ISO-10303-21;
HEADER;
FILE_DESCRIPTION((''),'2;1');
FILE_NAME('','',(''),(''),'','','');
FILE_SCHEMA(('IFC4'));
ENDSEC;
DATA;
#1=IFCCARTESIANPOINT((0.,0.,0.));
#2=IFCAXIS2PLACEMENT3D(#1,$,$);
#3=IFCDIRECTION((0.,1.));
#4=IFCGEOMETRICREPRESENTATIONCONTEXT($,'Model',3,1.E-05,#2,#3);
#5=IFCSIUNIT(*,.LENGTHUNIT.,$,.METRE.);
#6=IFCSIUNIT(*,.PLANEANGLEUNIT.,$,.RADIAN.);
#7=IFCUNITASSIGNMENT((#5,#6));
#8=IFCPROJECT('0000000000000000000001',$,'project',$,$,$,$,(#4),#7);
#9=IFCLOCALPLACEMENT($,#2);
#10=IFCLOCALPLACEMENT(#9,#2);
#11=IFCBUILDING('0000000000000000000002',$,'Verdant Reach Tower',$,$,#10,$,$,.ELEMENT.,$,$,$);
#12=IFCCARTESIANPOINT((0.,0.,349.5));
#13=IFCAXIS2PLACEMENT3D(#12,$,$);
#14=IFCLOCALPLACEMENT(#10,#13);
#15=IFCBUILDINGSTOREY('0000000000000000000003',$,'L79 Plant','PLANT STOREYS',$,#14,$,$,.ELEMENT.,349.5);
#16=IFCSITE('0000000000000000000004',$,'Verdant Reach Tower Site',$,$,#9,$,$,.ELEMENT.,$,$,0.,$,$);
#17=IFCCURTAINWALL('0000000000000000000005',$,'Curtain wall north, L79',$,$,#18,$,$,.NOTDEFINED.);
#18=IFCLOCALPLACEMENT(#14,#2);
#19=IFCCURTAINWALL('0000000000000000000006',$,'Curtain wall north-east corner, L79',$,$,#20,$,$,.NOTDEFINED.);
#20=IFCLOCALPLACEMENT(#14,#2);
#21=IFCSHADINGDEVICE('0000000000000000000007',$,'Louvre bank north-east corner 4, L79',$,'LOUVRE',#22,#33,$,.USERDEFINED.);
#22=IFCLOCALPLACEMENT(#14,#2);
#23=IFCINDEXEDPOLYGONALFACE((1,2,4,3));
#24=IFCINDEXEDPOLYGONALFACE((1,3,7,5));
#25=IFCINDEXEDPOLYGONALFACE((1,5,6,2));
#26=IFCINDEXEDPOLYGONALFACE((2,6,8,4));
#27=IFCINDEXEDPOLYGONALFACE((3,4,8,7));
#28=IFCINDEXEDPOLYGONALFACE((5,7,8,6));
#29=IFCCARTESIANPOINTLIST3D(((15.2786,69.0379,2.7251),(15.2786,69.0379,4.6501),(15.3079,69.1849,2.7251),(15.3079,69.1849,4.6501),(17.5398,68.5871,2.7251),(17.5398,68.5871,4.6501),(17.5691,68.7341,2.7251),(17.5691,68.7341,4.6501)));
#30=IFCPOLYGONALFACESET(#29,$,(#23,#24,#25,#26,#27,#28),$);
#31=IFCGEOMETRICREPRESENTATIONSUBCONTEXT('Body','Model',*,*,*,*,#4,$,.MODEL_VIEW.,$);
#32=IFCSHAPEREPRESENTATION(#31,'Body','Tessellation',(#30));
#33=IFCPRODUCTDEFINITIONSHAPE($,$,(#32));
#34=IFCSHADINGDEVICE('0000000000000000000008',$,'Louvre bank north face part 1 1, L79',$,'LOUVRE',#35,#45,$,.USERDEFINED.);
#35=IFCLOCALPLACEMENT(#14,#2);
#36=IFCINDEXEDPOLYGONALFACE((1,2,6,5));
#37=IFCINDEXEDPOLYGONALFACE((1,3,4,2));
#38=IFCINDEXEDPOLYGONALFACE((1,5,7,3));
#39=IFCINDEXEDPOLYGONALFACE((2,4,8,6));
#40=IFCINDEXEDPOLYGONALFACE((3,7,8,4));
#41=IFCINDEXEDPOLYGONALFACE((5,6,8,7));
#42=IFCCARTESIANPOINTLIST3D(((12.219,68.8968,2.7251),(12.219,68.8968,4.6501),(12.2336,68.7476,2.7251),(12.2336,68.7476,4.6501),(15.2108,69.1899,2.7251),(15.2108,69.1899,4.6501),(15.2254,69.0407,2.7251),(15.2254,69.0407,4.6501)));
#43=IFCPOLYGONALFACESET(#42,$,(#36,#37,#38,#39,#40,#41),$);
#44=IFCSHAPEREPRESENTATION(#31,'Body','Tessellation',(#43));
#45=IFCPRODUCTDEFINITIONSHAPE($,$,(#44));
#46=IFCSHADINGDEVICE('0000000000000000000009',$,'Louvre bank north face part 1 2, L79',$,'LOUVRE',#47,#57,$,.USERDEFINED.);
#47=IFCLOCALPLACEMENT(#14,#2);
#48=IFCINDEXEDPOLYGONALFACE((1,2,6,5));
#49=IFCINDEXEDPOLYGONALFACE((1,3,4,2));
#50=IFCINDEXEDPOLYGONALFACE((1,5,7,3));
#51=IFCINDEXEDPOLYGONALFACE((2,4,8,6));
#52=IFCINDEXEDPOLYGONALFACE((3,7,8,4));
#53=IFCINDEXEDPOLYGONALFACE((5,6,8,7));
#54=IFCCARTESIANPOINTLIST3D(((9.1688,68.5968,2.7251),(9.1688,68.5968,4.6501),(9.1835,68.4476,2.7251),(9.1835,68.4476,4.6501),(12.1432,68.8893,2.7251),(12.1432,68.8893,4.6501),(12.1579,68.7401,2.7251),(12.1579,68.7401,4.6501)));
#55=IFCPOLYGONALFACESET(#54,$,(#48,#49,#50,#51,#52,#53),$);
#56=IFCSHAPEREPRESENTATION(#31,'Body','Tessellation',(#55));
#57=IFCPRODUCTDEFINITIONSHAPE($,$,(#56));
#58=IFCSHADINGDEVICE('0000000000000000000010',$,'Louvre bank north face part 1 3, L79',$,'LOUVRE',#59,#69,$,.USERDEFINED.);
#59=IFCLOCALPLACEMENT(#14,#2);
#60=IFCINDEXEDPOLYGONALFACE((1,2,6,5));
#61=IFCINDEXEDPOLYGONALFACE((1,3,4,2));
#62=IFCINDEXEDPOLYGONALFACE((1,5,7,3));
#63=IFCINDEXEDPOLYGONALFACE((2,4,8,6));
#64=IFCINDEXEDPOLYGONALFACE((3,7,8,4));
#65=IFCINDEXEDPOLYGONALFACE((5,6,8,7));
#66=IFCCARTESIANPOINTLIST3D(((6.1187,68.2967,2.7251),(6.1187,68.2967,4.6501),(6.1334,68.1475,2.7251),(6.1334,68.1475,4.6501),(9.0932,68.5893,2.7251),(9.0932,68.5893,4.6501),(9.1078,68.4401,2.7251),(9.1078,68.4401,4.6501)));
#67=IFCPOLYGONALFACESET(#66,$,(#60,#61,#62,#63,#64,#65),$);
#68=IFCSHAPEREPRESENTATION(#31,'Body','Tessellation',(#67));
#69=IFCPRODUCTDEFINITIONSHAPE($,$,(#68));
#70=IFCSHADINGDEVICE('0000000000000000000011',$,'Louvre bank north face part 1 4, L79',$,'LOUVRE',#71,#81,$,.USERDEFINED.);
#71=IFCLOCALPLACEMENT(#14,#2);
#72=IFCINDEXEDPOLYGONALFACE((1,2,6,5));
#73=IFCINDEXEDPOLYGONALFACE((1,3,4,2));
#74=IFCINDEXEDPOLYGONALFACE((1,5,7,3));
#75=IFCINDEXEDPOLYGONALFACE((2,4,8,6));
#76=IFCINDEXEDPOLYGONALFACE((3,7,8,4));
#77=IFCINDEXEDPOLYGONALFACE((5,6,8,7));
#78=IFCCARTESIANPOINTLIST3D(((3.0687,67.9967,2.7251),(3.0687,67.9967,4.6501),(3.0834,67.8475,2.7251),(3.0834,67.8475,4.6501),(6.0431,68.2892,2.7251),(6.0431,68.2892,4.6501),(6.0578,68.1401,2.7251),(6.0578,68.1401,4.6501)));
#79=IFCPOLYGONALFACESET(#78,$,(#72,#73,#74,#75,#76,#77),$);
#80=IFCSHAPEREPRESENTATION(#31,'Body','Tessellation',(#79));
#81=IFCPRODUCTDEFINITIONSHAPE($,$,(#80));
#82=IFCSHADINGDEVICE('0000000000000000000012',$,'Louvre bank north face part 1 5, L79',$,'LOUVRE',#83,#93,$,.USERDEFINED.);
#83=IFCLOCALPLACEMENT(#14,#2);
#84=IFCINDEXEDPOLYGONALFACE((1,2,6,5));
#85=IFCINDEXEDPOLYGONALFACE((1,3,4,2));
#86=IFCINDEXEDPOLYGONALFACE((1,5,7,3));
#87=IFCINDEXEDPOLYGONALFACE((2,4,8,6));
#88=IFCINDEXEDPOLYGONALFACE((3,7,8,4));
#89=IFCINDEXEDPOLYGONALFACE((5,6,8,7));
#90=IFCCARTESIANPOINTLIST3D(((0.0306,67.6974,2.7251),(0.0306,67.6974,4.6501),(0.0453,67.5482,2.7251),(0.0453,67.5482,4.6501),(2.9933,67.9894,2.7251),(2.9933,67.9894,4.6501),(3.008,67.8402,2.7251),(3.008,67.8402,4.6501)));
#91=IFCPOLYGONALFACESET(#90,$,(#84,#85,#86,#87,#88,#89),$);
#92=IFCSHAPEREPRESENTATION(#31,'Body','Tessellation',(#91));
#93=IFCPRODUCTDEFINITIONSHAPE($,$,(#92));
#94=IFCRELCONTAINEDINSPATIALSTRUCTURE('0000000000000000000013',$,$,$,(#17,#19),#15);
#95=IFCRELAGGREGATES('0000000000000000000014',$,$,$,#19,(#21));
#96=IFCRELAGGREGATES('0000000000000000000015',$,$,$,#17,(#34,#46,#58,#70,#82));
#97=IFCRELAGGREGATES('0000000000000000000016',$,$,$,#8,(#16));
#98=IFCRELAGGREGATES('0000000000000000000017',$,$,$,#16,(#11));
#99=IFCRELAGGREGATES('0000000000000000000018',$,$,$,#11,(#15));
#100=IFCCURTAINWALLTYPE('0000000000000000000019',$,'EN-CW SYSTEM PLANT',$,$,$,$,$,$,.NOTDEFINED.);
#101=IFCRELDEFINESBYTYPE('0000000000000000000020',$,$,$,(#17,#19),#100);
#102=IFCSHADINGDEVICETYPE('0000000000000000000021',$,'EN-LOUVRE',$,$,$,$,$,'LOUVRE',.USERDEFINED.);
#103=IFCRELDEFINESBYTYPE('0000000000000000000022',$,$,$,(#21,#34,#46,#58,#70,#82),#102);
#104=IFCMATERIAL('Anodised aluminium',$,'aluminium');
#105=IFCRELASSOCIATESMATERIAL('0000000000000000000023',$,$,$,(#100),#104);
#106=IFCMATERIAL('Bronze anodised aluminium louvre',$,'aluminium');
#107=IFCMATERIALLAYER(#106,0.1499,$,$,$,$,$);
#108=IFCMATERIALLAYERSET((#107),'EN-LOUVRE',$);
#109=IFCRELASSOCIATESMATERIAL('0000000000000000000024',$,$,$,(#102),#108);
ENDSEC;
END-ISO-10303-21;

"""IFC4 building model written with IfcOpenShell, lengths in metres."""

from ifc_helpers import new_model, si_unit, direction, frame, origin, origin_2d, place, context, subcontext, project, spatial, rectangle, extrude, material, layer, layer_set, type_object, element, aggregate, save


model = new_model("IFC4")

# Units and contexts
model_context = context("Model", 3, precision=1e-05, world=origin(), true_north=direction((0.0, 1.0)))
body_context = subcontext(model_context, "Body", "Model", "MODEL_VIEW")
ifc_project = project(units=[si_unit("LENGTHUNIT", "METRE"), si_unit("PLANEANGLEUNIT", "RADIAN")], contexts=[model_context])

# Site, building, storey
site_placement = place(None, origin())
site = spatial("IfcSite", under=ifc_project, at=site_placement, Name="Verdant Reach Tower Site", CompositionType="ELEMENT", RefElevation=0.0)
building_placement = place(site_placement, origin())
building = spatial("IfcBuilding", under=site, at=building_placement, Name="Verdant Reach Tower", CompositionType="ELEMENT")
storey_placement = place(building_placement, frame((0.0, 0.0, 349.5)))
storey = spatial("IfcBuildingStorey", under=building, at=storey_placement, Name="L79 Plant", Description="PLANT STOREYS", CompositionType="ELEMENT", Elevation=349.5)

# Curtain wall
ifc_material_1 = material(Name="Anodised aluminium", Category="aluminium")
curtain_wall_type = type_object("IfcCurtainWallType", Name="EN-CW SYSTEM PLANT", PredefinedType="NOTDEFINED", material=ifc_material_1)
curtain_wall_1_placement = place(storey_placement, origin())
curtain_wall_1 = element("IfcCurtainWall", 1, at=curtain_wall_1_placement, inside=storey, type_object=curtain_wall_type, Name="Curtain wall north, L79", PredefinedType="NOTDEFINED")

# Curtain wall
curtain_wall_2_placement = place(storey_placement, origin())
curtain_wall_2 = element("IfcCurtainWall", 2, at=curtain_wall_2_placement, inside=storey, type_object=curtain_wall_type, Name="Curtain wall north-east corner, L79", PredefinedType="NOTDEFINED")

# Shading devices
ifc_material_2 = material(Name="Bronze anodised aluminium louvre", Category="aluminium")
ifc_layer_1 = layer(ifc_material_2, 0.1499)
ifc_layer_set_1 = layer_set([ifc_layer_1], Name="EN-LOUVRE")
shading_device_type = type_object("IfcShadingDeviceType", Name="EN-LOUVRE", ElementType="LOUVRE", PredefinedType="USERDEFINED", material=ifc_layer_set_1)
shading_device_1_placement = place(storey_placement, frame((16.4238, 68.886, 2.7251), z_axis=(0.0, 0.0, 1.0), x_axis=(-0.980705, 0.195493, 0.0)))
shading_device_1 = element("IfcShadingDevice", 3, at=shading_device_1_placement, type_object=shading_device_type, Name="Louvre bank north-east corner 4, L79", ObjectType="LOUVRE", PredefinedType="USERDEFINED", context=body_context, shape_type="SweptSolid", body=[
    extrude(rectangle(XDim=2.3057, YDim=0.1499, at=origin_2d()), origin(), (0.0, 0.0, 1.0), 1.925),
])
aggregate(curtain_wall_2, [shading_device_1])
shading_device_2_placement = place(storey_placement, frame((13.7222, 68.9688, 2.7251), z_axis=(0.0, 0.0, 1.0), x_axis=(-0.995238, -0.097473, 0.0)))
shading_device_2 = element("IfcShadingDevice", 4, at=shading_device_2_placement, type_object=shading_device_type, Name="Louvre bank north face part 1 1, L79", ObjectType="LOUVRE", PredefinedType="USERDEFINED", context=body_context, shape_type="SweptSolid", body=[
    extrude(rectangle(XDim=3.0061, YDim=0.1499, at=origin_2d()), origin(), (0.0, 0.0, 1.0), 1.925),
])
shading_device_3_placement = place(storey_placement, frame((10.6633, 68.6685, 2.7251), z_axis=(0.0, 0.0, 1.0), x_axis=(-0.995197, -0.097888, 0.0)))
shading_device_3 = element("IfcShadingDevice", 5, at=shading_device_3_placement, type_object=shading_device_type, Name="Louvre bank north face part 1 2, L79", ObjectType="LOUVRE", PredefinedType="USERDEFINED", context=body_context, shape_type="SweptSolid", body=[
    extrude(rectangle(XDim=2.9888, YDim=0.1499, at=origin_2d()), origin(), (0.0, 0.0, 1.0), 1.925),
])
shading_device_4_placement = place(storey_placement, frame((7.6133, 68.3684, 2.7251), z_axis=(0.0, 0.0, 1.0), x_axis=(-0.995197, -0.097888, 0.0)))
shading_device_4 = element("IfcShadingDevice", 6, at=shading_device_4_placement, type_object=shading_device_type, Name="Louvre bank north face part 1 3, L79", ObjectType="LOUVRE", PredefinedType="USERDEFINED", context=body_context, shape_type="SweptSolid", body=[
    extrude(rectangle(XDim=2.9888, YDim=0.1499, at=origin_2d()), origin(), (0.0, 0.0, 1.0), 1.925),
])
shading_device_5_placement = place(storey_placement, frame((4.5632, 68.0684, 2.7251), z_axis=(0.0, 0.0, 1.0), x_axis=(-0.995197, -0.097888, 0.0)))
shading_device_5 = element("IfcShadingDevice", 7, at=shading_device_5_placement, type_object=shading_device_type, Name="Louvre bank north face part 1 4, L79", ObjectType="LOUVRE", PredefinedType="USERDEFINED", context=body_context, shape_type="SweptSolid", body=[
    extrude(rectangle(XDim=2.9888, YDim=0.1499, at=origin_2d()), origin(), (0.0, 0.0, 1.0), 1.925),
])
shading_device_6_placement = place(storey_placement, frame((1.5193, 67.7688, 2.7251), z_axis=(0.0, 0.0, 1.0), x_axis=(-0.995179, -0.098075, 0.0)))
shading_device_6 = element("IfcShadingDevice", 8, at=shading_device_6_placement, type_object=shading_device_type, Name="Louvre bank north face part 1 5, L79", ObjectType="LOUVRE", PredefinedType="USERDEFINED", context=body_context, shape_type="SweptSolid", body=[
    extrude(rectangle(XDim=2.9771, YDim=0.1499, at=origin_2d()), origin(), (0.0, 0.0, 1.0), 1.925),
])
aggregate(curtain_wall_1, [shading_device_2, shading_device_3, shading_device_4, shading_device_5, shading_device_6])

save(model, "model.ifc")
